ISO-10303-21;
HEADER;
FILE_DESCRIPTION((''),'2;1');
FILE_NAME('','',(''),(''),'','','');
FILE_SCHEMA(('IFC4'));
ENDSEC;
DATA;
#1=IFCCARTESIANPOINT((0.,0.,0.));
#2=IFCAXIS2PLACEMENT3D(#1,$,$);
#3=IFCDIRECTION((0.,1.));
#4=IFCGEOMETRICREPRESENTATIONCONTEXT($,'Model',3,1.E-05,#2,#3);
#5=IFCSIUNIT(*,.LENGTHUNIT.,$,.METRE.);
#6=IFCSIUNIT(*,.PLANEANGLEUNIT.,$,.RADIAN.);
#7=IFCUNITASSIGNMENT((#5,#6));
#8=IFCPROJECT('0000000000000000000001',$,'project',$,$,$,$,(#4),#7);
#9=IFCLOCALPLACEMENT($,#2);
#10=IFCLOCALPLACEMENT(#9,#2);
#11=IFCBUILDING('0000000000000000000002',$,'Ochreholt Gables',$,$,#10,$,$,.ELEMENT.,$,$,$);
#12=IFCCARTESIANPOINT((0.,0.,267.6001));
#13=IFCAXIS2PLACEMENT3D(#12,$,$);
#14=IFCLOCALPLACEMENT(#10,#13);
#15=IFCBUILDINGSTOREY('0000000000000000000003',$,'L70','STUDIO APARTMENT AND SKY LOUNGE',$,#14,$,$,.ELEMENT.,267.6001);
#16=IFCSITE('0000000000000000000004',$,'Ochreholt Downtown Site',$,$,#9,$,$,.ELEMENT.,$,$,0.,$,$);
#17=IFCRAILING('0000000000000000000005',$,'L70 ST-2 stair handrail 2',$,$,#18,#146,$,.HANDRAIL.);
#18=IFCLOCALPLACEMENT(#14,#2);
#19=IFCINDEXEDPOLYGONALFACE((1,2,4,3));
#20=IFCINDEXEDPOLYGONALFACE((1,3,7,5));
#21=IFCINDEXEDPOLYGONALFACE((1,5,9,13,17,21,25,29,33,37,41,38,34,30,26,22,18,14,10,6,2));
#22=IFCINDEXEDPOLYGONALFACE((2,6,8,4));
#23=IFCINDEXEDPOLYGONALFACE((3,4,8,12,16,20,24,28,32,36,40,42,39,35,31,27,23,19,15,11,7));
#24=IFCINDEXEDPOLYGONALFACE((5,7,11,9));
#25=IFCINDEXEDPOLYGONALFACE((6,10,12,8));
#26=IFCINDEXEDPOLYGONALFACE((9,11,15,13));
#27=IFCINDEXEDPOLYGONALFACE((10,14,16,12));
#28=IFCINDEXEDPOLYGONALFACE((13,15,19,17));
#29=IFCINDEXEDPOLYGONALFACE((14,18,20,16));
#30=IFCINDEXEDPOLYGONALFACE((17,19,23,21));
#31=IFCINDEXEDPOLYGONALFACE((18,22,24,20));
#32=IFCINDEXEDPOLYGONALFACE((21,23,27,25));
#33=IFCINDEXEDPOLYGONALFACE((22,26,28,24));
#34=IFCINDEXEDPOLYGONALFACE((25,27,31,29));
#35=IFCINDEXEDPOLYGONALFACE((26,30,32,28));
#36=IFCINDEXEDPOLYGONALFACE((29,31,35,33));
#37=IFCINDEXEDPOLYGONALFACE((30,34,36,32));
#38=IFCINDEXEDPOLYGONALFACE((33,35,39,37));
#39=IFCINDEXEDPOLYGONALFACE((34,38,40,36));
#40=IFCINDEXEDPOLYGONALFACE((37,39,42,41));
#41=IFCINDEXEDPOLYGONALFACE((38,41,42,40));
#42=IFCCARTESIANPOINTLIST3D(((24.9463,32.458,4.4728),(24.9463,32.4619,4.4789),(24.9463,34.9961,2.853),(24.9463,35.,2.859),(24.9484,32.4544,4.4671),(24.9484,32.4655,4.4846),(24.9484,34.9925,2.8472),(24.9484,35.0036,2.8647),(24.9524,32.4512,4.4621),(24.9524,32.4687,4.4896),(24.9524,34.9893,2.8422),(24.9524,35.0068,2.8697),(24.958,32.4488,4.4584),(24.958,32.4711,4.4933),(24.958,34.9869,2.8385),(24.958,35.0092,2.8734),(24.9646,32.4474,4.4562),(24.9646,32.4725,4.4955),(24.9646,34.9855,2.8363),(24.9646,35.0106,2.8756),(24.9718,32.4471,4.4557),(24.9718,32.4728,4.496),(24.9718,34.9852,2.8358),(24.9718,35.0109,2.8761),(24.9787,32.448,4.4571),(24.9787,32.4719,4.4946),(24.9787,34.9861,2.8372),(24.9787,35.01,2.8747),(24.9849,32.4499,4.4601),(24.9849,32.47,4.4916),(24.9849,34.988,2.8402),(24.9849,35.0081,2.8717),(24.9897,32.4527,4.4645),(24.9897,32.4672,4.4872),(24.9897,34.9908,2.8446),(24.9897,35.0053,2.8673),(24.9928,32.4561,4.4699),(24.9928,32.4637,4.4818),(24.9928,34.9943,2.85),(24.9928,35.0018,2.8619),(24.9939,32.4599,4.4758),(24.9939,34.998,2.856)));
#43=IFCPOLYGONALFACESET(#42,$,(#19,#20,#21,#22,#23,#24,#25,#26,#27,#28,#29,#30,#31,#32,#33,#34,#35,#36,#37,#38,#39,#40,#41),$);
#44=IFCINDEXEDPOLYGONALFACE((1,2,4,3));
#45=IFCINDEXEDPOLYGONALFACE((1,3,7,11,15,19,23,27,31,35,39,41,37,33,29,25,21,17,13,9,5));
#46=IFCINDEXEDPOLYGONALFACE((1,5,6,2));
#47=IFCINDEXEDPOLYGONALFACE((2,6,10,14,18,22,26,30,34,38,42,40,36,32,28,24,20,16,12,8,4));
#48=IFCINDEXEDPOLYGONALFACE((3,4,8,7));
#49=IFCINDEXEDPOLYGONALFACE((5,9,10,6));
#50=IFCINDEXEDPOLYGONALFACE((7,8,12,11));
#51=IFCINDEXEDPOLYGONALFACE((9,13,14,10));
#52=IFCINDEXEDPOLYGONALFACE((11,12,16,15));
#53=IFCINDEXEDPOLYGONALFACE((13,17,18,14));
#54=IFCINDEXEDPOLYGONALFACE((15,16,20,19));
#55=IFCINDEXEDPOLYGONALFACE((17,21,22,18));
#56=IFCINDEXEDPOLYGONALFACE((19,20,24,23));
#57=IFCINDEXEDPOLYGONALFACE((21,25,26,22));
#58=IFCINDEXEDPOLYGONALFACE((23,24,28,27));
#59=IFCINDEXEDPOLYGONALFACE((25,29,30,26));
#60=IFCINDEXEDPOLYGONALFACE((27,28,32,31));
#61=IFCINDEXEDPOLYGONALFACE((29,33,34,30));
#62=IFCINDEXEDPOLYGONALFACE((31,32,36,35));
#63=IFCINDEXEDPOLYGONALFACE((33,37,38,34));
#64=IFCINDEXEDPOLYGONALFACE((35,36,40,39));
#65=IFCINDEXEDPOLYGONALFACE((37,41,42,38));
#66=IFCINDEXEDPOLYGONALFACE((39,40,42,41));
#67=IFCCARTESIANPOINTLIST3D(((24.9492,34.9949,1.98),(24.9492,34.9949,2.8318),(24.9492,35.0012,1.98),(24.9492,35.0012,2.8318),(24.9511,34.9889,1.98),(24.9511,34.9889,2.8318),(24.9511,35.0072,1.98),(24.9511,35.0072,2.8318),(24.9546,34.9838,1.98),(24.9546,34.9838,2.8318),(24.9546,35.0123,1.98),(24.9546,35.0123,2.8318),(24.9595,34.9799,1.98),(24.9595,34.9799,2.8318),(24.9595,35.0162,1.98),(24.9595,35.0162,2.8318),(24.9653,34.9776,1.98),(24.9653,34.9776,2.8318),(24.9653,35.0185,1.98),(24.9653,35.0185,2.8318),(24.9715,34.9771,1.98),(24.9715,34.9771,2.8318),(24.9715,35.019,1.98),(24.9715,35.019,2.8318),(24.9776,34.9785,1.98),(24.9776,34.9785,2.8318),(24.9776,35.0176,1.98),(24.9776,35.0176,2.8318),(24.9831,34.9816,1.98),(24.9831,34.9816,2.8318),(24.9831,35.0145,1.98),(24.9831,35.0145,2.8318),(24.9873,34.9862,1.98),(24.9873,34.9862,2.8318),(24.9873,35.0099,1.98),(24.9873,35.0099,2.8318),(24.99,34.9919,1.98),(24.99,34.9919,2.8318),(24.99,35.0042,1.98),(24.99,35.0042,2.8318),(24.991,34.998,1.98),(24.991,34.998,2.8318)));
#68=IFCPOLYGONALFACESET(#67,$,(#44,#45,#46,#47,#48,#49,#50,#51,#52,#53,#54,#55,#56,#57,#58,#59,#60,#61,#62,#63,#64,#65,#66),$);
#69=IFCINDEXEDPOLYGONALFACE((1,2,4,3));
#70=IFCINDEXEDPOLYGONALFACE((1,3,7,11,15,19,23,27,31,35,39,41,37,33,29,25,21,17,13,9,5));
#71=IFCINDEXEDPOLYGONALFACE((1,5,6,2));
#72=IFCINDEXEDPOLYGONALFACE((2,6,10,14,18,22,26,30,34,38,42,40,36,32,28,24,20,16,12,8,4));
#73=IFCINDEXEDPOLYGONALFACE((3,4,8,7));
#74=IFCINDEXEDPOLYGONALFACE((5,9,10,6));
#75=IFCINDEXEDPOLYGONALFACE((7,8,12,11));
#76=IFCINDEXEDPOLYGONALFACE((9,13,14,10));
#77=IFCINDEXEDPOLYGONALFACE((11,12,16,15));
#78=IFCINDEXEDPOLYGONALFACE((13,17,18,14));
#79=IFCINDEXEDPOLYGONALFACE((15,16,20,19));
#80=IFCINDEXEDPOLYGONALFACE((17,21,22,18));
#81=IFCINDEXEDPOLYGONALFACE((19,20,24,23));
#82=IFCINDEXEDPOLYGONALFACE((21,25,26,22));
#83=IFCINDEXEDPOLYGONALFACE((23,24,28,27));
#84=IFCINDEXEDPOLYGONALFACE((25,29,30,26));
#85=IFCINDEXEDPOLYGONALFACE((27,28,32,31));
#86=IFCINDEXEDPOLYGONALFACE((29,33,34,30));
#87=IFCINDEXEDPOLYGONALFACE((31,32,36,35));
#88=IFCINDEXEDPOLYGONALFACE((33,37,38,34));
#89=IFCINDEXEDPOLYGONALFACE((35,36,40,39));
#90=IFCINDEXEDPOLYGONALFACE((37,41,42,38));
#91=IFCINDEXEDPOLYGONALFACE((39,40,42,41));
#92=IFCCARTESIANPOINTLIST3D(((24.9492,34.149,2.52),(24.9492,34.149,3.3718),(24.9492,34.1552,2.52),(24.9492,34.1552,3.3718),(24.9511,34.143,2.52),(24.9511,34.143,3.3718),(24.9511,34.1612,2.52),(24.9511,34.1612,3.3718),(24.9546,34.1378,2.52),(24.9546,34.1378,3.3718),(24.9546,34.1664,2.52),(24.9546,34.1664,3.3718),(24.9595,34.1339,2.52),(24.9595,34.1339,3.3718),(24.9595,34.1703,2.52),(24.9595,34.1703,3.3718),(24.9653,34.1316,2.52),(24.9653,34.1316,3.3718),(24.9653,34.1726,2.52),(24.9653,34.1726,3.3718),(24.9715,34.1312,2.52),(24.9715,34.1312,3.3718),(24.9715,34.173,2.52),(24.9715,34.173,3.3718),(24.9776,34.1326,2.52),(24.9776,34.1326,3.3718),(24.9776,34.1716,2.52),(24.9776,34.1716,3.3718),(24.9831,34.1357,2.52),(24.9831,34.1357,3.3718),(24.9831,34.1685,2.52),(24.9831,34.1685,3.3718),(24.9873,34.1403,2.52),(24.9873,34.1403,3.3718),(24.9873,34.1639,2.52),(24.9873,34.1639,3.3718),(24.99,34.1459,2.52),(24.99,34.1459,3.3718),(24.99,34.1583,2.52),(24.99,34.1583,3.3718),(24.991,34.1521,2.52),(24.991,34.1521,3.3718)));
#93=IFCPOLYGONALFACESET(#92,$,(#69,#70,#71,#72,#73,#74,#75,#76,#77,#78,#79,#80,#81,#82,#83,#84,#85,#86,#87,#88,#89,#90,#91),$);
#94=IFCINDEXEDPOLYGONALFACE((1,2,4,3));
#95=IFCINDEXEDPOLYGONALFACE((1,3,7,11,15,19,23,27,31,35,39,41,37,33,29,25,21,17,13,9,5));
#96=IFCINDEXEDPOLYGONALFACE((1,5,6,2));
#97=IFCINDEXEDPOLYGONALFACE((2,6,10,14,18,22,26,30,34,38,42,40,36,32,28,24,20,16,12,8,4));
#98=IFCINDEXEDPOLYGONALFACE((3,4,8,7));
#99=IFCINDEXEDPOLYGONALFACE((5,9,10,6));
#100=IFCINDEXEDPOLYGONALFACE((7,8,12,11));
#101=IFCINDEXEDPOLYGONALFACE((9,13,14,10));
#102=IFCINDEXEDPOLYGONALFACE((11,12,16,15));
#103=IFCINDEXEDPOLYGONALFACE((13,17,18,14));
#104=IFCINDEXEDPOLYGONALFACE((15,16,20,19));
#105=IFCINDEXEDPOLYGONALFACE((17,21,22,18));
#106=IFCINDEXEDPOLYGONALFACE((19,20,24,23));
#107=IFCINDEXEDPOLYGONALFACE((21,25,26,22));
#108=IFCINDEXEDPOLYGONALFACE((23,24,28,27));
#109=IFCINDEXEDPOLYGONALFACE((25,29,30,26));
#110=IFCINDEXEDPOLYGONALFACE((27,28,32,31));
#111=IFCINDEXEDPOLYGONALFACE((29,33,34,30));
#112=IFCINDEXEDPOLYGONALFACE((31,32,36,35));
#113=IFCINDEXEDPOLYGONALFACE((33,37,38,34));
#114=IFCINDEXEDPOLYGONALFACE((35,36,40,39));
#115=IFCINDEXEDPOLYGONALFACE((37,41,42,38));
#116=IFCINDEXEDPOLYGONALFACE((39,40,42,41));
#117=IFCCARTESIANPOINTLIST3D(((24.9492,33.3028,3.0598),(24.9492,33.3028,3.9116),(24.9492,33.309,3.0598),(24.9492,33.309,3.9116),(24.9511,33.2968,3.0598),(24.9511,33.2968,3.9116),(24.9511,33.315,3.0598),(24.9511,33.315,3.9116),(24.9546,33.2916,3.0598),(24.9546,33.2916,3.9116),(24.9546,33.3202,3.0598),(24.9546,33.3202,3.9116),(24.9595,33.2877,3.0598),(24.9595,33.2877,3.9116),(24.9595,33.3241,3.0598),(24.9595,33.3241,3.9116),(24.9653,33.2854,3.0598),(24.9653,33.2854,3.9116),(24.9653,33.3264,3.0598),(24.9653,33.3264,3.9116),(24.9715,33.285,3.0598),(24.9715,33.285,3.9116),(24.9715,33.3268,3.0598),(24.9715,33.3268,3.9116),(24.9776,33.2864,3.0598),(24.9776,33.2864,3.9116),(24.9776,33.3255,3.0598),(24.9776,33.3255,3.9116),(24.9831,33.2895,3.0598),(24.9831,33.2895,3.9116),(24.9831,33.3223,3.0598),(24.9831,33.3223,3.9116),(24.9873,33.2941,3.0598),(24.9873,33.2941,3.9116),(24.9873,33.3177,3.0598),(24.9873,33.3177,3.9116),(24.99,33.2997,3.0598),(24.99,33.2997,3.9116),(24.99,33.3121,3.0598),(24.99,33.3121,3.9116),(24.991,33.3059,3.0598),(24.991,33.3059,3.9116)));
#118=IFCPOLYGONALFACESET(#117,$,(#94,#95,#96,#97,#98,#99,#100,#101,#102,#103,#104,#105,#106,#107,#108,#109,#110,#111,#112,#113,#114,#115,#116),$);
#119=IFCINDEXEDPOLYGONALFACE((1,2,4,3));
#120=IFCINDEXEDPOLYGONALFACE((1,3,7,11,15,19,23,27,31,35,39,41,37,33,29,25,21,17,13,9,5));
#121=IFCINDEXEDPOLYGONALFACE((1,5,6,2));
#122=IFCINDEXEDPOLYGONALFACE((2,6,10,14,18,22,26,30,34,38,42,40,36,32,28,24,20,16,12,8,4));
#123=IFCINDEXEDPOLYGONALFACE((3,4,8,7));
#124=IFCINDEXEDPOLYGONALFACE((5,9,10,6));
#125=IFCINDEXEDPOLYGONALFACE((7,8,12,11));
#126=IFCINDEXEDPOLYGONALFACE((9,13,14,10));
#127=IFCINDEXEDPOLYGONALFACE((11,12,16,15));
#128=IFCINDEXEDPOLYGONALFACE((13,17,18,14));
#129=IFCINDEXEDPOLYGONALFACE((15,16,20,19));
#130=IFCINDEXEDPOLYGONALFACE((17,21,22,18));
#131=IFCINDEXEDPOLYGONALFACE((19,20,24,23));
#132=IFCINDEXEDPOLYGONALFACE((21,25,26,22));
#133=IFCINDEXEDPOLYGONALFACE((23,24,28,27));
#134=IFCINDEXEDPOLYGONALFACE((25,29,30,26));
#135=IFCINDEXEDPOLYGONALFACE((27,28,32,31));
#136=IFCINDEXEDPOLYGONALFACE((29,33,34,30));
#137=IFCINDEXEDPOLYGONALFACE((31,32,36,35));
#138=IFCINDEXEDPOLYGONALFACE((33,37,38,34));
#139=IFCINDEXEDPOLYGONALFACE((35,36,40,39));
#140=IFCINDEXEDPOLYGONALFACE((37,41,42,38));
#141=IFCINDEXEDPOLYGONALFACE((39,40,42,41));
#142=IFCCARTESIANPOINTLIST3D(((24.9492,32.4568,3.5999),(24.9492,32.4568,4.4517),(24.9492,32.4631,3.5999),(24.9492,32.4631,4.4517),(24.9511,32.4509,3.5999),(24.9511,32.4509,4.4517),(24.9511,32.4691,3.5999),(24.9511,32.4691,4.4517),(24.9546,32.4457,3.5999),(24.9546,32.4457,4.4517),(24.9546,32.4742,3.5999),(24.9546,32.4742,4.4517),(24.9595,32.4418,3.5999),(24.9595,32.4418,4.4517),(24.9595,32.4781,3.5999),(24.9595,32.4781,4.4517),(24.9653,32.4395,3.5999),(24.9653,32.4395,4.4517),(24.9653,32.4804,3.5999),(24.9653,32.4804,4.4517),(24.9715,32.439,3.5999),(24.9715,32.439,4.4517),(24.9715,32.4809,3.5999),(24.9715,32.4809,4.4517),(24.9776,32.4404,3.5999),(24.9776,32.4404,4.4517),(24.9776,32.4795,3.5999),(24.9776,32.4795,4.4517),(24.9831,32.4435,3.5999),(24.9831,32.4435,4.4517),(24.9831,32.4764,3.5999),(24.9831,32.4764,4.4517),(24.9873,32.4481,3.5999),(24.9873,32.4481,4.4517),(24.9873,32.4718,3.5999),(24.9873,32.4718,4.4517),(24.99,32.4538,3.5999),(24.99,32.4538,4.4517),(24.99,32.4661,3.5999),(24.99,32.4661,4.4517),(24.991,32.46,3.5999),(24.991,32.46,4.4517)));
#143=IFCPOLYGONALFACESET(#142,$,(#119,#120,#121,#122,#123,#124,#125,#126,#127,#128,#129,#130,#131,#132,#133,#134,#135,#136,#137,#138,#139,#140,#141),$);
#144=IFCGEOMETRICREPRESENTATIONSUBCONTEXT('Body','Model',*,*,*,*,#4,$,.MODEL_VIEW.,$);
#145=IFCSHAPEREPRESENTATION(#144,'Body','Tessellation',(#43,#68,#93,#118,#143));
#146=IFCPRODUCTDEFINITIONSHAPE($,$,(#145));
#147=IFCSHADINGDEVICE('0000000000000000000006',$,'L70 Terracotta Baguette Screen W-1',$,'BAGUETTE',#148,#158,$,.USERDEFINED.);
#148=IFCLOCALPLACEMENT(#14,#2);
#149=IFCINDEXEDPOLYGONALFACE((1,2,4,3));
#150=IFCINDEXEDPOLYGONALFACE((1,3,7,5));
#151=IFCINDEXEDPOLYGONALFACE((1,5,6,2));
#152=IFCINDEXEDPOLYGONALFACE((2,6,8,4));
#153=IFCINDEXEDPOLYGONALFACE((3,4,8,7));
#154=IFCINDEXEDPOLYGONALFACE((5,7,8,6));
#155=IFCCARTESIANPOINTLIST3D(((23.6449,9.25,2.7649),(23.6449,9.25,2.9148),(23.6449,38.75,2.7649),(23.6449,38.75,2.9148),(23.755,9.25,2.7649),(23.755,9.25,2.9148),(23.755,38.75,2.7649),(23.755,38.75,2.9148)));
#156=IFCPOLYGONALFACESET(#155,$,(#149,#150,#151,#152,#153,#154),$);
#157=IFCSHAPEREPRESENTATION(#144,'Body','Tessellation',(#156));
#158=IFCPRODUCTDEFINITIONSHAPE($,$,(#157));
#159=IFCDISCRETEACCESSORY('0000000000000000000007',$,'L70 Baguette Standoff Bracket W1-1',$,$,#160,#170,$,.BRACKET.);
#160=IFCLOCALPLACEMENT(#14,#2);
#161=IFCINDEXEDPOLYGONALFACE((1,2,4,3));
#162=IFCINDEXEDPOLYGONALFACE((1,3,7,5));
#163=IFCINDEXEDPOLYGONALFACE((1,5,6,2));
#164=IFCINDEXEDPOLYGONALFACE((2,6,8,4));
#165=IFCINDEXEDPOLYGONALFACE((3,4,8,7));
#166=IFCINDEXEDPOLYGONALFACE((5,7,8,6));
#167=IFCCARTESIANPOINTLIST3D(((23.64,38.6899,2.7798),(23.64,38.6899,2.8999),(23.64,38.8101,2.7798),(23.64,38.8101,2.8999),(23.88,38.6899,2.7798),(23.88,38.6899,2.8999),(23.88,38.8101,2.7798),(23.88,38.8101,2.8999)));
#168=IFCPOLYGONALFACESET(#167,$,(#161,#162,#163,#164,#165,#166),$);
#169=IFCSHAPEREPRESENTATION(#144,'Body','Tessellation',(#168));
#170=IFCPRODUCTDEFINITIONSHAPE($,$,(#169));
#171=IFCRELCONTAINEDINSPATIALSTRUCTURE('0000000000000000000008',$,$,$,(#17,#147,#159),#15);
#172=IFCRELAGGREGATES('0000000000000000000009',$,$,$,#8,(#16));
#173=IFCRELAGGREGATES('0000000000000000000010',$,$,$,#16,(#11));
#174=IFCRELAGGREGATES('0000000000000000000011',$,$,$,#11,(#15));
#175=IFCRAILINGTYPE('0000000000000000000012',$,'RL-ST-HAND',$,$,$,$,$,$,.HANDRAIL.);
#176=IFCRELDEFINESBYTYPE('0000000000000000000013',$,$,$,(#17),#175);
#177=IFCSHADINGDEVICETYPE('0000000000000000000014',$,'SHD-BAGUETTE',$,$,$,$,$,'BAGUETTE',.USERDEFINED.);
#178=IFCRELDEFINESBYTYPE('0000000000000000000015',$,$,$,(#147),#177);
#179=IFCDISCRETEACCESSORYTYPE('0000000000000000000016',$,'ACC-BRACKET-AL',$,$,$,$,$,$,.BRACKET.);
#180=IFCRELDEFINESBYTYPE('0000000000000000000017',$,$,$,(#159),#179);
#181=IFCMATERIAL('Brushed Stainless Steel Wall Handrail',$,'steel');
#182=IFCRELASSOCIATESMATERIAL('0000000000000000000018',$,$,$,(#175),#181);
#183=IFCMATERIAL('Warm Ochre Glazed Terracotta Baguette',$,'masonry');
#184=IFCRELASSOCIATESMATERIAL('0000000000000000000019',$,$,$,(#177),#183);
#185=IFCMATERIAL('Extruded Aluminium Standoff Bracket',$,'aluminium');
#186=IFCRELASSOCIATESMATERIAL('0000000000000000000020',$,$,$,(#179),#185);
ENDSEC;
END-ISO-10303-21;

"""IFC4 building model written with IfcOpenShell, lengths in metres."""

from ifc_helpers import new_model, si_unit, direction, frame, origin, origin_2d, place, context, subcontext, project, spatial, rectangle, circle, extrude, material, material_profile, profile_set, type_object, element, save


model = new_model("IFC4")

# Units and contexts
model_context = context("Model", 3, precision=1e-05, world=origin(), true_north=direction((0.0, 1.0)))
body_context = subcontext(model_context, "Body", "Model", "MODEL_VIEW")
ifc_project = project(units=[si_unit("LENGTHUNIT", "METRE"), si_unit("PLANEANGLEUNIT", "RADIAN")], contexts=[model_context])

# Site, building, storey
site_placement = place(None, origin())
site = spatial("IfcSite", under=ifc_project, at=site_placement, Name="Ochreholt Downtown Site", CompositionType="ELEMENT", RefElevation=0.0)
building_placement = place(site_placement, origin())
building = spatial("IfcBuilding", under=site, at=building_placement, Name="Ochreholt Gables", CompositionType="ELEMENT")
storey_placement = place(building_placement, frame((0.0, 0.0, 267.6001)))
storey = spatial("IfcBuildingStorey", under=building, at=storey_placement, Name="L70", Description="STUDIO APARTMENT AND SKY LOUNGE", CompositionType="ELEMENT", Elevation=267.6001)

# Railing
ifc_material_1 = material(Name="Brushed Stainless Steel Wall Handrail", Category="steel")
railing_type_1 = type_object("IfcRailingType", Name="RL-ST-HAND", PredefinedType="HANDRAIL", material=ifc_material_1)
railing_1_placement = place(storey_placement, frame((24.97, 34.998, 1.98)))
element("IfcRailing", 1, at=railing_1_placement, inside=storey, type_object=railing_type_1, Name="L70 ST-2 stair handrail 2", PredefinedType="HANDRAIL", context=body_context, shape_type="SweptSolid", body=[
    extrude(circle(Radius=0.0239, at=origin_2d()), frame((0.0, 0.0, 0.876), z_axis=(0.0, -0.84295, 0.537993), x_axis=(1.0, 0.0, 0.0)), (0.0, 0.0, 1.0), 3.011),
    extrude(circle(Radius=0.021, at=origin_2d()), origin(), (0.0, 0.0, 1.0), 0.8518),
    extrude(circle(Radius=0.021, at=origin_2d()), frame((0.0, -0.8459, 0.54)), (0.0, 0.0, 1.0), 0.8518),
    extrude(circle(Radius=0.021, at=origin_2d()), frame((0.0, -1.6921, 1.0798)), (0.0, 0.0, 1.0), 0.8518),
    extrude(circle(Radius=0.021, at=origin_2d()), frame((0.0, -2.5381, 1.6199)), (0.0, 0.0, 1.0), 0.8518),
])

# Shading device
ifc_material_2 = material(Name="Warm Ochre Glazed Terracotta Baguette", Category="masonry")
ifc_material_profile_1 = material_profile(ifc_material_2, rectangle(XDim=0.1101, YDim=0.1499, at=origin_2d()), Name="TCBAG110X150")
ifc_profile_set_1 = profile_set([ifc_material_profile_1], Name="Warm Ochre Glazed Terracotta Baguette")
shading_device_type = type_object("IfcShadingDeviceType", Name="SHD-BAGUETTE", ElementType="BAGUETTE", PredefinedType="USERDEFINED", material=ifc_profile_set_1)
shading_device_placement = place(storey_placement, frame((23.7, 38.75, 2.8398), z_axis=(0.0, -1.0, 0.0), x_axis=(1.0, 0.0, 0.0)))
element("IfcShadingDevice", 2, at=shading_device_placement, inside=storey, type_object=shading_device_type, Name="L70 Terracotta Baguette Screen W-1", ObjectType="BAGUETTE", PredefinedType="USERDEFINED", context=body_context, shape_type="SweptSolid", body=[
    extrude(rectangle(XDim=0.1101, YDim=0.1499, at=origin_2d()), origin(), (0.0, 0.0, 1.0), 29.5),
])

# Discrete accessory
ifc_material_3 = material(Name="Extruded Aluminium Standoff Bracket", Category="aluminium")
discrete_accessory_type = type_object("IfcDiscreteAccessoryType", Name="ACC-BRACKET-AL", PredefinedType="BRACKET", material=ifc_material_3)
discrete_accessory_placement = place(storey_placement, frame((23.76, 38.75, 2.7798), z_axis=(0.0, 0.0, 1.0), x_axis=(0.0, -1.0, 0.0)))
element("IfcDiscreteAccessory", 3, at=discrete_accessory_placement, inside=storey, type_object=discrete_accessory_type, Name="L70 Baguette Standoff Bracket W1-1", PredefinedType="BRACKET", context=body_context, shape_type="SweptSolid", body=[
    extrude(rectangle(XDim=0.1201, YDim=0.24, at=origin_2d()), origin(), (0.0, 0.0, 1.0), 0.1201),
])

save(model, "model.ifc")
